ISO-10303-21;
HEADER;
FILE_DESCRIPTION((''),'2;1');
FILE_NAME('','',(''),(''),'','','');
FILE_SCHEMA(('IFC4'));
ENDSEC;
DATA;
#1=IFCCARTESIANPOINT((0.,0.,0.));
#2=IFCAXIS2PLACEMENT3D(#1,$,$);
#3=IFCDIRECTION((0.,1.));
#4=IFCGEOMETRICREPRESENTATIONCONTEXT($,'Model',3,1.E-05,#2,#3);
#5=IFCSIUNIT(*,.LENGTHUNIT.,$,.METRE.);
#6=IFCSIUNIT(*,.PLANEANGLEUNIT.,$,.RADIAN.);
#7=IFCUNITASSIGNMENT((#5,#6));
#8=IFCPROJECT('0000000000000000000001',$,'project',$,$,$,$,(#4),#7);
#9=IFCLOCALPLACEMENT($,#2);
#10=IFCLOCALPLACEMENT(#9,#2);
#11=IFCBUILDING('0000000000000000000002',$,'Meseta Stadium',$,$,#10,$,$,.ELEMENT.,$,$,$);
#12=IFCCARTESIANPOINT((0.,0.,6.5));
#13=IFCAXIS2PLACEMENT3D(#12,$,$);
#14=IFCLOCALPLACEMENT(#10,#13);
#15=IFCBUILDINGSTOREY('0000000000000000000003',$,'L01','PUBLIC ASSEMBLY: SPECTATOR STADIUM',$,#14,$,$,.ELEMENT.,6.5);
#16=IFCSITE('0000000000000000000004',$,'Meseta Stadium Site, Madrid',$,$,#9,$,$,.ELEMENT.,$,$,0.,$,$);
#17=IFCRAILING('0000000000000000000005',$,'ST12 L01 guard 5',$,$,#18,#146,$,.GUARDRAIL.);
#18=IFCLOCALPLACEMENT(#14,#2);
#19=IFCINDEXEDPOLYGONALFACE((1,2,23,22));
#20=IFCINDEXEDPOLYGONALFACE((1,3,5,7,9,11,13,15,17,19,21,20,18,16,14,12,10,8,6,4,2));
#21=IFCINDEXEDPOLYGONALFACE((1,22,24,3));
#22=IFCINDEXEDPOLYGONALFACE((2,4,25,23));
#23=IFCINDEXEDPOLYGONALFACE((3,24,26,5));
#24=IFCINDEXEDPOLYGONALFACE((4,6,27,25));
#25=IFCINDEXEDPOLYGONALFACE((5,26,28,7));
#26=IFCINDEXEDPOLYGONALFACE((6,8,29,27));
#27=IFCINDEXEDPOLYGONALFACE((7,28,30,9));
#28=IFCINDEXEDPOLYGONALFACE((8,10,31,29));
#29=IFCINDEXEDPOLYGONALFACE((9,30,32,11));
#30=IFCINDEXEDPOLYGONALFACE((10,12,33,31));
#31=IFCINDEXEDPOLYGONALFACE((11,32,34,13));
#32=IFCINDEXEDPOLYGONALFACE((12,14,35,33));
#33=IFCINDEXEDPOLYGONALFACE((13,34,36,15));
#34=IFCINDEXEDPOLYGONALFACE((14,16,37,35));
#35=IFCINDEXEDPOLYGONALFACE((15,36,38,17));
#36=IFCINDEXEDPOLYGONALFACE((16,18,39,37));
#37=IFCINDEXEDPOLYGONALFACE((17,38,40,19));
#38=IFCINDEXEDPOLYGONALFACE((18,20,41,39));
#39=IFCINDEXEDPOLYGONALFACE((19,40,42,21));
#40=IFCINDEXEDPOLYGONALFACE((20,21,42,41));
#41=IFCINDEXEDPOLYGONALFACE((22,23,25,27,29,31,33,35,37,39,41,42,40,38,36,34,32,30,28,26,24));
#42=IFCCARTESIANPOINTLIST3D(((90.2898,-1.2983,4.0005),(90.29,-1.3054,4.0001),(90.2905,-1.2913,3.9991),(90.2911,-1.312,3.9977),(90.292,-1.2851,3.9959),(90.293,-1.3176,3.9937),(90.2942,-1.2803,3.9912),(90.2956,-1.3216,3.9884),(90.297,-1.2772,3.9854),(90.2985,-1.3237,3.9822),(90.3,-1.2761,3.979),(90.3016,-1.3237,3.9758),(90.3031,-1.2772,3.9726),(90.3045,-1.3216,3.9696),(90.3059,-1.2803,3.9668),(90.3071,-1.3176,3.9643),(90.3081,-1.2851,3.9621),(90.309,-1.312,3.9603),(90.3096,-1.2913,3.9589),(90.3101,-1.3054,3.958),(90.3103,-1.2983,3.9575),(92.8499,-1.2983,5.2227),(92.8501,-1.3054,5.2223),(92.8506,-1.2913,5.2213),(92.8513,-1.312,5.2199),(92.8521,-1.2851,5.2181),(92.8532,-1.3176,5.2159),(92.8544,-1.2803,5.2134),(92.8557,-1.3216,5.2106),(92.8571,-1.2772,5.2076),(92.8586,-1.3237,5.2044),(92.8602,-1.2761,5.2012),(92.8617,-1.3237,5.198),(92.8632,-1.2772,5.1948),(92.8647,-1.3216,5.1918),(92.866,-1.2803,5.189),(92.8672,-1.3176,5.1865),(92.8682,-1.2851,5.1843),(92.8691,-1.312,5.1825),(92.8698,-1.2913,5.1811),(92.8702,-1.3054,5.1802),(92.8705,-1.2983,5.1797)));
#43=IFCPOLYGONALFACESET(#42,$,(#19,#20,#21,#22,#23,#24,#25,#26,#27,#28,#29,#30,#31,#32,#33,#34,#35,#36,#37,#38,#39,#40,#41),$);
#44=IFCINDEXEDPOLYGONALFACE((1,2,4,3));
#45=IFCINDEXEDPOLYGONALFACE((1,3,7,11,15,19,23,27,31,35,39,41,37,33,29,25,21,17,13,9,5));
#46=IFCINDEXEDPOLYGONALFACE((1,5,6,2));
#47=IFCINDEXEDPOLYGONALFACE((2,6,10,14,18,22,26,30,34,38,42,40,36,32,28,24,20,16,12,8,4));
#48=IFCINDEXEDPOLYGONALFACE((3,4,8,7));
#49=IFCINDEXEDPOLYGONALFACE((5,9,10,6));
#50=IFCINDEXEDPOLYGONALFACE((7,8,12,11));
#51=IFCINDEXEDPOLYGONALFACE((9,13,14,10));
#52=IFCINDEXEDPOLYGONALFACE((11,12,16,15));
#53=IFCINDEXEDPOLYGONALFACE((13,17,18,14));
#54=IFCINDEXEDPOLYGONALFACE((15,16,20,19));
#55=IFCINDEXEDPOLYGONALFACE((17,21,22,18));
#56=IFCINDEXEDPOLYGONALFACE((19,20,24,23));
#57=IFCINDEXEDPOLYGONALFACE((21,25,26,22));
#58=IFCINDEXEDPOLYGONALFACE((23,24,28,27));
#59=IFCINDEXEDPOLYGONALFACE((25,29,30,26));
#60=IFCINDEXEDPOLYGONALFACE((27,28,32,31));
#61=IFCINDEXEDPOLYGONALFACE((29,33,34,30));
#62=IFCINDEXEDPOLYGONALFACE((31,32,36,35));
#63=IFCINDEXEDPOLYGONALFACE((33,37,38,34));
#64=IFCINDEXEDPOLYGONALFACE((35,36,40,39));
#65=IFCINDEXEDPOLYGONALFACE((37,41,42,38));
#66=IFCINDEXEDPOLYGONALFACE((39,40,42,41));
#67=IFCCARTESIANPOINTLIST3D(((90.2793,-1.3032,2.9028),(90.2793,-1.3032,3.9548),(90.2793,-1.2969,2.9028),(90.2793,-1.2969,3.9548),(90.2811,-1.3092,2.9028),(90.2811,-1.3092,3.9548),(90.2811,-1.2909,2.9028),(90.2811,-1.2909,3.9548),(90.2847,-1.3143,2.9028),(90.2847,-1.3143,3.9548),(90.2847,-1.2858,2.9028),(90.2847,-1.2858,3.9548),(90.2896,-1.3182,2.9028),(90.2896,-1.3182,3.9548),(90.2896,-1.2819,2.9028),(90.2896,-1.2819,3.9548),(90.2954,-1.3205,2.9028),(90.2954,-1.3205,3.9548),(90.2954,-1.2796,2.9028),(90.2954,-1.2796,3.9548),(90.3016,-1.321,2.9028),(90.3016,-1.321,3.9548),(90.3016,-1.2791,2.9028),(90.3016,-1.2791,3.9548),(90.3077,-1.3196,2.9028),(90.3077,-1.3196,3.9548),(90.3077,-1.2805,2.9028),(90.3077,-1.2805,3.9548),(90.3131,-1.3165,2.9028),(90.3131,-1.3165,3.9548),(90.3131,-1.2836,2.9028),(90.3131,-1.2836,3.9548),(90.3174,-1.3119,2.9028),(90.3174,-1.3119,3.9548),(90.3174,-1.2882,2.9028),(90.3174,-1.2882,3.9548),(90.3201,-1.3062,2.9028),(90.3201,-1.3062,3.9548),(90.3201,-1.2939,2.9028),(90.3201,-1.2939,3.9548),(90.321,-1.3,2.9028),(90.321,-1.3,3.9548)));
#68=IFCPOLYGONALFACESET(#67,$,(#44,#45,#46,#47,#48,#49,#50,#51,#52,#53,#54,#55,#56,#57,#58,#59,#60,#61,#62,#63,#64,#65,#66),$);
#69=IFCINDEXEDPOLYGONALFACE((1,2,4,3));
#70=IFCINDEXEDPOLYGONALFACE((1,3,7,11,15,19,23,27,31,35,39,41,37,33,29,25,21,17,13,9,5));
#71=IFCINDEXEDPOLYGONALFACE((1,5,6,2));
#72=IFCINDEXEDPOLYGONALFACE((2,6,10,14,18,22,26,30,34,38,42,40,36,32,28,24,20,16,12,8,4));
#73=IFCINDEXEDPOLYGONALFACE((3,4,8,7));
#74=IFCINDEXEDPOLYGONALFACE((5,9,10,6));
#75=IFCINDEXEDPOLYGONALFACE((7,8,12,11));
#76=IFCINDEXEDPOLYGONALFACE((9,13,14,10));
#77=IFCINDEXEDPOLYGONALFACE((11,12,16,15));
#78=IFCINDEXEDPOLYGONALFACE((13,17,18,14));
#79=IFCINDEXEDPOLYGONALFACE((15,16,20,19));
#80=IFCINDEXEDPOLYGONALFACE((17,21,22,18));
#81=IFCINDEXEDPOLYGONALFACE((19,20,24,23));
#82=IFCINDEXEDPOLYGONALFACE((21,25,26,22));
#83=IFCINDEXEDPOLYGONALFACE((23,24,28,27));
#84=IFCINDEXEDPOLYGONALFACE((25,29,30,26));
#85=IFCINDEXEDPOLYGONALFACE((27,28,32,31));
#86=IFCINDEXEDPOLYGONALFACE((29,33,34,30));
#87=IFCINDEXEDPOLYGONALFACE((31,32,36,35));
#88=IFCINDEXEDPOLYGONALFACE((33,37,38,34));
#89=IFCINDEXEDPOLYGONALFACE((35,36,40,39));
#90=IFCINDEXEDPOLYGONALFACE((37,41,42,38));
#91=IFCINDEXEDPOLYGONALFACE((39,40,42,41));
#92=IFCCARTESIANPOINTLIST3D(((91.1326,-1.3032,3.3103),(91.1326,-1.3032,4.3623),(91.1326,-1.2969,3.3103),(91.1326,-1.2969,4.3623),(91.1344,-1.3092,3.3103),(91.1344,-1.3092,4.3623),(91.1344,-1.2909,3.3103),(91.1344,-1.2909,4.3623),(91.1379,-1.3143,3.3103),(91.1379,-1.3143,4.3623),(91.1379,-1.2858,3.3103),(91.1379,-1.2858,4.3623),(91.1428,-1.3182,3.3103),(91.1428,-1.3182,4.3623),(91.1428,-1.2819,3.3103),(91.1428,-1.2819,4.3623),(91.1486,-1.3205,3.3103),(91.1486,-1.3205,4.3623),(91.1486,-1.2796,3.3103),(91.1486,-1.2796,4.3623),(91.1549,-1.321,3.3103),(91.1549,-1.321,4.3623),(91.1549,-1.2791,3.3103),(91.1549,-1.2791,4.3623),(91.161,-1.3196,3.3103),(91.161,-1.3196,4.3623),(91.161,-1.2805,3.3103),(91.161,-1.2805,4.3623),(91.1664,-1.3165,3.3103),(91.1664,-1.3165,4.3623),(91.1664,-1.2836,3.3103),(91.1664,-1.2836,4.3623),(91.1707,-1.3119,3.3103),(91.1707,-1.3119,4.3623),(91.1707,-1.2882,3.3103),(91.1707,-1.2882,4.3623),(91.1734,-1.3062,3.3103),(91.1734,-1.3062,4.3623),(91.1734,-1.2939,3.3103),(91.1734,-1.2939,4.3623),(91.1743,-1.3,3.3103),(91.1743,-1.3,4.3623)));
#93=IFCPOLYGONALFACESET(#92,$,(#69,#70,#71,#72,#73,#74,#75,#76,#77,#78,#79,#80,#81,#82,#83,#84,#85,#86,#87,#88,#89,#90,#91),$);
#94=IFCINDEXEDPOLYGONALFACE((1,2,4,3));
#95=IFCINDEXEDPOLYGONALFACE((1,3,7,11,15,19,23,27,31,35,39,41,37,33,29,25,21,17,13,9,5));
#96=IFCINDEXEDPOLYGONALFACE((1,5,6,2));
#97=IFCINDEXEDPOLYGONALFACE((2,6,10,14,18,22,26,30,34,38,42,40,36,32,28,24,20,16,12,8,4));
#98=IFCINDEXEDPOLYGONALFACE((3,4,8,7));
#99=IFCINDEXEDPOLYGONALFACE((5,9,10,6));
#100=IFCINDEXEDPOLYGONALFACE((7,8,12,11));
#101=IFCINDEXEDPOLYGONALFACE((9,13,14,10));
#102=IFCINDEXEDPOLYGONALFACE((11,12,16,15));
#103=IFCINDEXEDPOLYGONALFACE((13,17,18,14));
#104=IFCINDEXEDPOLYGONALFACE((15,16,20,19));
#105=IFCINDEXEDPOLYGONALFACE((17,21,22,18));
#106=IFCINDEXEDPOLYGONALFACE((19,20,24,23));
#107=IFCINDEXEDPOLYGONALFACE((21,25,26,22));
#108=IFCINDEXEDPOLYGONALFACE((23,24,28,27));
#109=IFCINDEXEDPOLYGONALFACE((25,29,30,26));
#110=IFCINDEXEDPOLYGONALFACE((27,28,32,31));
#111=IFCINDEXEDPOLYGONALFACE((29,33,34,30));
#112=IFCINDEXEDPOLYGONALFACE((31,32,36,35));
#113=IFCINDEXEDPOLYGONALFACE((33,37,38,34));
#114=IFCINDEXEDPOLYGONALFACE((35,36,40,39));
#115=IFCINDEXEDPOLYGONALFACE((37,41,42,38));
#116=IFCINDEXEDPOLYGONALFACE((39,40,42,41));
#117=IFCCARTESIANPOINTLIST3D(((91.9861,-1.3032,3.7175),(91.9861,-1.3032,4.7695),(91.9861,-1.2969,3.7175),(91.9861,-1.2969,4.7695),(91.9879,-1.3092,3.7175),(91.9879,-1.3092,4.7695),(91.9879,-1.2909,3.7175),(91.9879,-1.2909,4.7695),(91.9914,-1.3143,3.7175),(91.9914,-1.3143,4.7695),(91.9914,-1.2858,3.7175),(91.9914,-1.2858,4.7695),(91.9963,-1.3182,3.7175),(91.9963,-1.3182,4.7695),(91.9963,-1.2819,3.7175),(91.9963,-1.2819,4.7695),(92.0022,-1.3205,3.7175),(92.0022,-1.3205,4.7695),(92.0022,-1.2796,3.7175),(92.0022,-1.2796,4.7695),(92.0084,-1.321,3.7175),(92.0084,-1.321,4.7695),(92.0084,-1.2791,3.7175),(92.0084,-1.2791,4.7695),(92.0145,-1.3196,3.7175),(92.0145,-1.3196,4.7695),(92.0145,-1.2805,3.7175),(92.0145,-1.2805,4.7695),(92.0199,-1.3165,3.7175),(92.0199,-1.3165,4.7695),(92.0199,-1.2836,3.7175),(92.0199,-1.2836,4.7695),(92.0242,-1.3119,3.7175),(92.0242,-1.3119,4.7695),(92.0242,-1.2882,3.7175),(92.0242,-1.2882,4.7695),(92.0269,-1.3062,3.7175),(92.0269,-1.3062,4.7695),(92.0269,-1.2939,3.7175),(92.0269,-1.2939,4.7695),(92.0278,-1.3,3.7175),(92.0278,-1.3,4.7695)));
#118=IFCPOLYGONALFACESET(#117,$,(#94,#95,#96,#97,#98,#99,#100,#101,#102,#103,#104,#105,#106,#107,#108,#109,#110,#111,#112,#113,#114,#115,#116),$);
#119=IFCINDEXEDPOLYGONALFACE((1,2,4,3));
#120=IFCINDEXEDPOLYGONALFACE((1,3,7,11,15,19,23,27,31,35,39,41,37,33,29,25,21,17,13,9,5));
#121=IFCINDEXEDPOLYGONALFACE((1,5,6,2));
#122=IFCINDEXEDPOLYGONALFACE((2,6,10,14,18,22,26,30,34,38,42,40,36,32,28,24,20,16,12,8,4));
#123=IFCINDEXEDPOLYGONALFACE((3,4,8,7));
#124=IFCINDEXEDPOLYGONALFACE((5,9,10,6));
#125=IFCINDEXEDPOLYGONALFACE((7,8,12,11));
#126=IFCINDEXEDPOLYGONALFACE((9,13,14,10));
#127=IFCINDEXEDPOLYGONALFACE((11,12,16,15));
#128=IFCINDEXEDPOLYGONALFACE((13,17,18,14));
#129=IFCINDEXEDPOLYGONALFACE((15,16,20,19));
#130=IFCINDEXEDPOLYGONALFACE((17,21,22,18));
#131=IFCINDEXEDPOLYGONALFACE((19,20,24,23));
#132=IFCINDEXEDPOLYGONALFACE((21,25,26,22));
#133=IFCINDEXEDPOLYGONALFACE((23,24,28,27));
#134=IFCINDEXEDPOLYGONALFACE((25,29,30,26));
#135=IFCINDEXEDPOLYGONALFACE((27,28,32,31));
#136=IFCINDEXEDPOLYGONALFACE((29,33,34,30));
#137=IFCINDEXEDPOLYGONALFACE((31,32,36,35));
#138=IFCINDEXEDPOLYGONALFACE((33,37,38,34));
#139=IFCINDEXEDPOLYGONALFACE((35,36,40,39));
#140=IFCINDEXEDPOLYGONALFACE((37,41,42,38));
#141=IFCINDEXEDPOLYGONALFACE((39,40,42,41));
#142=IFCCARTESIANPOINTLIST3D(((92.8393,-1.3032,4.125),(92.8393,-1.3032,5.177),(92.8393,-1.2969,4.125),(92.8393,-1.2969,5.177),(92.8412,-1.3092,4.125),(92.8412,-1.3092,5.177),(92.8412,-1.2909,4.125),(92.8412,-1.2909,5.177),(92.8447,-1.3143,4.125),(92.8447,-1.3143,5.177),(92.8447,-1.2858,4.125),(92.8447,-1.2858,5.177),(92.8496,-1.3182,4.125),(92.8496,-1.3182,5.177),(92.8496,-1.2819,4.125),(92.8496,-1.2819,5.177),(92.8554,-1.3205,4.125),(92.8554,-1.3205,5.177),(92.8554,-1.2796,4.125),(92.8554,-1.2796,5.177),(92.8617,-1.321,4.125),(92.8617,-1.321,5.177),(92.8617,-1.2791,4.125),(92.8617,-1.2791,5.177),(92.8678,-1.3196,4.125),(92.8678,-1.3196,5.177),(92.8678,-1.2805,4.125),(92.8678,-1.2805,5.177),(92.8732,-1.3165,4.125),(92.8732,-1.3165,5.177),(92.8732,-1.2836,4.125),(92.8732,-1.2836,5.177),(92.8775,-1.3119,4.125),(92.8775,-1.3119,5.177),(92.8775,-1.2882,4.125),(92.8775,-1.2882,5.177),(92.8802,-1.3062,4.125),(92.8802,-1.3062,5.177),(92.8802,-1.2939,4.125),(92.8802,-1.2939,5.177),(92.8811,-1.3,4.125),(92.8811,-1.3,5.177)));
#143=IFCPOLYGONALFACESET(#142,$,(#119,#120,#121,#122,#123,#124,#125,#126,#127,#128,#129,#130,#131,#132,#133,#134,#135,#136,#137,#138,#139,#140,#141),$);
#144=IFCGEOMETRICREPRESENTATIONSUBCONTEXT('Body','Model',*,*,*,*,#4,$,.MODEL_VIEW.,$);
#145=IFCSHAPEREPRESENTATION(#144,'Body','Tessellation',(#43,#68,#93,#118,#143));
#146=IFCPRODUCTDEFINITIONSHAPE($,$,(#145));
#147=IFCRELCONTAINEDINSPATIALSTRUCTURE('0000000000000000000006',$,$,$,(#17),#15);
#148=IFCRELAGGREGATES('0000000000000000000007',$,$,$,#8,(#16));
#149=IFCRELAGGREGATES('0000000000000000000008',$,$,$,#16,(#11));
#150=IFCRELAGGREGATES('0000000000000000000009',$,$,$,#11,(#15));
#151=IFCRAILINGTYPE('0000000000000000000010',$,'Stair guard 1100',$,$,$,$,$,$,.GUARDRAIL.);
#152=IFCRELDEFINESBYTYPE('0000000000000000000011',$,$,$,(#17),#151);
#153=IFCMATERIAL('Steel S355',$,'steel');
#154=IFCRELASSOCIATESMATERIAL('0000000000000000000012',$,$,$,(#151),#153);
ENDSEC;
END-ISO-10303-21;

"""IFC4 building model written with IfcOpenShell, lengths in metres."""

from ifc_helpers import new_model, si_unit, direction, frame, origin, origin_2d, place, context, subcontext, project, spatial, circle, extrude, material, type_object, element, save


model = new_model("IFC4")

# Units and contexts
model_context = context("Model", 3, precision=1e-05, world=origin(), true_north=direction((0.0, 1.0)))
body_context = subcontext(model_context, "Body", "Model", "MODEL_VIEW")
ifc_project = project(units=[si_unit("LENGTHUNIT", "METRE"), si_unit("PLANEANGLEUNIT", "RADIAN")], contexts=[model_context])

# Site, building, storey
site_placement = place(None, origin())
site = spatial("IfcSite", under=ifc_project, at=site_placement, Name="Meseta Stadium Site, Madrid", CompositionType="ELEMENT", RefElevation=0.0)
building_placement = place(site_placement, origin())
building = spatial("IfcBuilding", under=site, at=building_placement, Name="Meseta Stadium", CompositionType="ELEMENT")
storey_placement = place(building_placement, frame((0.0, 0.0, 6.5)))
storey = spatial("IfcBuildingStorey", under=building, at=storey_placement, Name="L01", Description="PUBLIC ASSEMBLY: SPECTATOR STADIUM", CompositionType="ELEMENT", Elevation=6.5)

# Railing
ifc_material_1 = material(Name="Steel S355", Category="steel")
railing_type_1 = type_object("IfcRailingType", Name="Stair guard 1100", PredefinedType="GUARDRAIL", material=ifc_material_1)
railing_1_placement = place(storey_placement, frame((90.3, -1.3, 2.9028)))
element("IfcRailing", 1, at=railing_1_placement, inside=storey, type_object=railing_type_1, Name="ST12 L01 guard 5", PredefinedType="GUARDRAIL", context=body_context, shape_type="SweptSolid", body=[
    extrude(circle(Radius=0.0239, at=origin_2d()), frame((0.0, 0.0, 1.0762), z_axis=(0.902437, 0.0, 0.430822), x_axis=(0.0, 1.0, 0.0)), (0.0, 0.0, 1.0), 2.8369),
    extrude(circle(Radius=0.021, at=origin_2d()), origin(), (0.0, 0.0, 1.0), 1.052),
    extrude(circle(Radius=0.021, at=origin_2d()), frame((0.8533, 0.0, 0.4075)), (0.0, 0.0, 1.0), 1.052),
    extrude(circle(Radius=0.021, at=origin_2d()), frame((1.7068, 0.0, 0.8147)), (0.0, 0.0, 1.0), 1.052),
    extrude(circle(Radius=0.021, at=origin_2d()), frame((2.5601, 0.0, 1.2222)), (0.0, 0.0, 1.0), 1.052),
])

save(model, "model.ifc")
